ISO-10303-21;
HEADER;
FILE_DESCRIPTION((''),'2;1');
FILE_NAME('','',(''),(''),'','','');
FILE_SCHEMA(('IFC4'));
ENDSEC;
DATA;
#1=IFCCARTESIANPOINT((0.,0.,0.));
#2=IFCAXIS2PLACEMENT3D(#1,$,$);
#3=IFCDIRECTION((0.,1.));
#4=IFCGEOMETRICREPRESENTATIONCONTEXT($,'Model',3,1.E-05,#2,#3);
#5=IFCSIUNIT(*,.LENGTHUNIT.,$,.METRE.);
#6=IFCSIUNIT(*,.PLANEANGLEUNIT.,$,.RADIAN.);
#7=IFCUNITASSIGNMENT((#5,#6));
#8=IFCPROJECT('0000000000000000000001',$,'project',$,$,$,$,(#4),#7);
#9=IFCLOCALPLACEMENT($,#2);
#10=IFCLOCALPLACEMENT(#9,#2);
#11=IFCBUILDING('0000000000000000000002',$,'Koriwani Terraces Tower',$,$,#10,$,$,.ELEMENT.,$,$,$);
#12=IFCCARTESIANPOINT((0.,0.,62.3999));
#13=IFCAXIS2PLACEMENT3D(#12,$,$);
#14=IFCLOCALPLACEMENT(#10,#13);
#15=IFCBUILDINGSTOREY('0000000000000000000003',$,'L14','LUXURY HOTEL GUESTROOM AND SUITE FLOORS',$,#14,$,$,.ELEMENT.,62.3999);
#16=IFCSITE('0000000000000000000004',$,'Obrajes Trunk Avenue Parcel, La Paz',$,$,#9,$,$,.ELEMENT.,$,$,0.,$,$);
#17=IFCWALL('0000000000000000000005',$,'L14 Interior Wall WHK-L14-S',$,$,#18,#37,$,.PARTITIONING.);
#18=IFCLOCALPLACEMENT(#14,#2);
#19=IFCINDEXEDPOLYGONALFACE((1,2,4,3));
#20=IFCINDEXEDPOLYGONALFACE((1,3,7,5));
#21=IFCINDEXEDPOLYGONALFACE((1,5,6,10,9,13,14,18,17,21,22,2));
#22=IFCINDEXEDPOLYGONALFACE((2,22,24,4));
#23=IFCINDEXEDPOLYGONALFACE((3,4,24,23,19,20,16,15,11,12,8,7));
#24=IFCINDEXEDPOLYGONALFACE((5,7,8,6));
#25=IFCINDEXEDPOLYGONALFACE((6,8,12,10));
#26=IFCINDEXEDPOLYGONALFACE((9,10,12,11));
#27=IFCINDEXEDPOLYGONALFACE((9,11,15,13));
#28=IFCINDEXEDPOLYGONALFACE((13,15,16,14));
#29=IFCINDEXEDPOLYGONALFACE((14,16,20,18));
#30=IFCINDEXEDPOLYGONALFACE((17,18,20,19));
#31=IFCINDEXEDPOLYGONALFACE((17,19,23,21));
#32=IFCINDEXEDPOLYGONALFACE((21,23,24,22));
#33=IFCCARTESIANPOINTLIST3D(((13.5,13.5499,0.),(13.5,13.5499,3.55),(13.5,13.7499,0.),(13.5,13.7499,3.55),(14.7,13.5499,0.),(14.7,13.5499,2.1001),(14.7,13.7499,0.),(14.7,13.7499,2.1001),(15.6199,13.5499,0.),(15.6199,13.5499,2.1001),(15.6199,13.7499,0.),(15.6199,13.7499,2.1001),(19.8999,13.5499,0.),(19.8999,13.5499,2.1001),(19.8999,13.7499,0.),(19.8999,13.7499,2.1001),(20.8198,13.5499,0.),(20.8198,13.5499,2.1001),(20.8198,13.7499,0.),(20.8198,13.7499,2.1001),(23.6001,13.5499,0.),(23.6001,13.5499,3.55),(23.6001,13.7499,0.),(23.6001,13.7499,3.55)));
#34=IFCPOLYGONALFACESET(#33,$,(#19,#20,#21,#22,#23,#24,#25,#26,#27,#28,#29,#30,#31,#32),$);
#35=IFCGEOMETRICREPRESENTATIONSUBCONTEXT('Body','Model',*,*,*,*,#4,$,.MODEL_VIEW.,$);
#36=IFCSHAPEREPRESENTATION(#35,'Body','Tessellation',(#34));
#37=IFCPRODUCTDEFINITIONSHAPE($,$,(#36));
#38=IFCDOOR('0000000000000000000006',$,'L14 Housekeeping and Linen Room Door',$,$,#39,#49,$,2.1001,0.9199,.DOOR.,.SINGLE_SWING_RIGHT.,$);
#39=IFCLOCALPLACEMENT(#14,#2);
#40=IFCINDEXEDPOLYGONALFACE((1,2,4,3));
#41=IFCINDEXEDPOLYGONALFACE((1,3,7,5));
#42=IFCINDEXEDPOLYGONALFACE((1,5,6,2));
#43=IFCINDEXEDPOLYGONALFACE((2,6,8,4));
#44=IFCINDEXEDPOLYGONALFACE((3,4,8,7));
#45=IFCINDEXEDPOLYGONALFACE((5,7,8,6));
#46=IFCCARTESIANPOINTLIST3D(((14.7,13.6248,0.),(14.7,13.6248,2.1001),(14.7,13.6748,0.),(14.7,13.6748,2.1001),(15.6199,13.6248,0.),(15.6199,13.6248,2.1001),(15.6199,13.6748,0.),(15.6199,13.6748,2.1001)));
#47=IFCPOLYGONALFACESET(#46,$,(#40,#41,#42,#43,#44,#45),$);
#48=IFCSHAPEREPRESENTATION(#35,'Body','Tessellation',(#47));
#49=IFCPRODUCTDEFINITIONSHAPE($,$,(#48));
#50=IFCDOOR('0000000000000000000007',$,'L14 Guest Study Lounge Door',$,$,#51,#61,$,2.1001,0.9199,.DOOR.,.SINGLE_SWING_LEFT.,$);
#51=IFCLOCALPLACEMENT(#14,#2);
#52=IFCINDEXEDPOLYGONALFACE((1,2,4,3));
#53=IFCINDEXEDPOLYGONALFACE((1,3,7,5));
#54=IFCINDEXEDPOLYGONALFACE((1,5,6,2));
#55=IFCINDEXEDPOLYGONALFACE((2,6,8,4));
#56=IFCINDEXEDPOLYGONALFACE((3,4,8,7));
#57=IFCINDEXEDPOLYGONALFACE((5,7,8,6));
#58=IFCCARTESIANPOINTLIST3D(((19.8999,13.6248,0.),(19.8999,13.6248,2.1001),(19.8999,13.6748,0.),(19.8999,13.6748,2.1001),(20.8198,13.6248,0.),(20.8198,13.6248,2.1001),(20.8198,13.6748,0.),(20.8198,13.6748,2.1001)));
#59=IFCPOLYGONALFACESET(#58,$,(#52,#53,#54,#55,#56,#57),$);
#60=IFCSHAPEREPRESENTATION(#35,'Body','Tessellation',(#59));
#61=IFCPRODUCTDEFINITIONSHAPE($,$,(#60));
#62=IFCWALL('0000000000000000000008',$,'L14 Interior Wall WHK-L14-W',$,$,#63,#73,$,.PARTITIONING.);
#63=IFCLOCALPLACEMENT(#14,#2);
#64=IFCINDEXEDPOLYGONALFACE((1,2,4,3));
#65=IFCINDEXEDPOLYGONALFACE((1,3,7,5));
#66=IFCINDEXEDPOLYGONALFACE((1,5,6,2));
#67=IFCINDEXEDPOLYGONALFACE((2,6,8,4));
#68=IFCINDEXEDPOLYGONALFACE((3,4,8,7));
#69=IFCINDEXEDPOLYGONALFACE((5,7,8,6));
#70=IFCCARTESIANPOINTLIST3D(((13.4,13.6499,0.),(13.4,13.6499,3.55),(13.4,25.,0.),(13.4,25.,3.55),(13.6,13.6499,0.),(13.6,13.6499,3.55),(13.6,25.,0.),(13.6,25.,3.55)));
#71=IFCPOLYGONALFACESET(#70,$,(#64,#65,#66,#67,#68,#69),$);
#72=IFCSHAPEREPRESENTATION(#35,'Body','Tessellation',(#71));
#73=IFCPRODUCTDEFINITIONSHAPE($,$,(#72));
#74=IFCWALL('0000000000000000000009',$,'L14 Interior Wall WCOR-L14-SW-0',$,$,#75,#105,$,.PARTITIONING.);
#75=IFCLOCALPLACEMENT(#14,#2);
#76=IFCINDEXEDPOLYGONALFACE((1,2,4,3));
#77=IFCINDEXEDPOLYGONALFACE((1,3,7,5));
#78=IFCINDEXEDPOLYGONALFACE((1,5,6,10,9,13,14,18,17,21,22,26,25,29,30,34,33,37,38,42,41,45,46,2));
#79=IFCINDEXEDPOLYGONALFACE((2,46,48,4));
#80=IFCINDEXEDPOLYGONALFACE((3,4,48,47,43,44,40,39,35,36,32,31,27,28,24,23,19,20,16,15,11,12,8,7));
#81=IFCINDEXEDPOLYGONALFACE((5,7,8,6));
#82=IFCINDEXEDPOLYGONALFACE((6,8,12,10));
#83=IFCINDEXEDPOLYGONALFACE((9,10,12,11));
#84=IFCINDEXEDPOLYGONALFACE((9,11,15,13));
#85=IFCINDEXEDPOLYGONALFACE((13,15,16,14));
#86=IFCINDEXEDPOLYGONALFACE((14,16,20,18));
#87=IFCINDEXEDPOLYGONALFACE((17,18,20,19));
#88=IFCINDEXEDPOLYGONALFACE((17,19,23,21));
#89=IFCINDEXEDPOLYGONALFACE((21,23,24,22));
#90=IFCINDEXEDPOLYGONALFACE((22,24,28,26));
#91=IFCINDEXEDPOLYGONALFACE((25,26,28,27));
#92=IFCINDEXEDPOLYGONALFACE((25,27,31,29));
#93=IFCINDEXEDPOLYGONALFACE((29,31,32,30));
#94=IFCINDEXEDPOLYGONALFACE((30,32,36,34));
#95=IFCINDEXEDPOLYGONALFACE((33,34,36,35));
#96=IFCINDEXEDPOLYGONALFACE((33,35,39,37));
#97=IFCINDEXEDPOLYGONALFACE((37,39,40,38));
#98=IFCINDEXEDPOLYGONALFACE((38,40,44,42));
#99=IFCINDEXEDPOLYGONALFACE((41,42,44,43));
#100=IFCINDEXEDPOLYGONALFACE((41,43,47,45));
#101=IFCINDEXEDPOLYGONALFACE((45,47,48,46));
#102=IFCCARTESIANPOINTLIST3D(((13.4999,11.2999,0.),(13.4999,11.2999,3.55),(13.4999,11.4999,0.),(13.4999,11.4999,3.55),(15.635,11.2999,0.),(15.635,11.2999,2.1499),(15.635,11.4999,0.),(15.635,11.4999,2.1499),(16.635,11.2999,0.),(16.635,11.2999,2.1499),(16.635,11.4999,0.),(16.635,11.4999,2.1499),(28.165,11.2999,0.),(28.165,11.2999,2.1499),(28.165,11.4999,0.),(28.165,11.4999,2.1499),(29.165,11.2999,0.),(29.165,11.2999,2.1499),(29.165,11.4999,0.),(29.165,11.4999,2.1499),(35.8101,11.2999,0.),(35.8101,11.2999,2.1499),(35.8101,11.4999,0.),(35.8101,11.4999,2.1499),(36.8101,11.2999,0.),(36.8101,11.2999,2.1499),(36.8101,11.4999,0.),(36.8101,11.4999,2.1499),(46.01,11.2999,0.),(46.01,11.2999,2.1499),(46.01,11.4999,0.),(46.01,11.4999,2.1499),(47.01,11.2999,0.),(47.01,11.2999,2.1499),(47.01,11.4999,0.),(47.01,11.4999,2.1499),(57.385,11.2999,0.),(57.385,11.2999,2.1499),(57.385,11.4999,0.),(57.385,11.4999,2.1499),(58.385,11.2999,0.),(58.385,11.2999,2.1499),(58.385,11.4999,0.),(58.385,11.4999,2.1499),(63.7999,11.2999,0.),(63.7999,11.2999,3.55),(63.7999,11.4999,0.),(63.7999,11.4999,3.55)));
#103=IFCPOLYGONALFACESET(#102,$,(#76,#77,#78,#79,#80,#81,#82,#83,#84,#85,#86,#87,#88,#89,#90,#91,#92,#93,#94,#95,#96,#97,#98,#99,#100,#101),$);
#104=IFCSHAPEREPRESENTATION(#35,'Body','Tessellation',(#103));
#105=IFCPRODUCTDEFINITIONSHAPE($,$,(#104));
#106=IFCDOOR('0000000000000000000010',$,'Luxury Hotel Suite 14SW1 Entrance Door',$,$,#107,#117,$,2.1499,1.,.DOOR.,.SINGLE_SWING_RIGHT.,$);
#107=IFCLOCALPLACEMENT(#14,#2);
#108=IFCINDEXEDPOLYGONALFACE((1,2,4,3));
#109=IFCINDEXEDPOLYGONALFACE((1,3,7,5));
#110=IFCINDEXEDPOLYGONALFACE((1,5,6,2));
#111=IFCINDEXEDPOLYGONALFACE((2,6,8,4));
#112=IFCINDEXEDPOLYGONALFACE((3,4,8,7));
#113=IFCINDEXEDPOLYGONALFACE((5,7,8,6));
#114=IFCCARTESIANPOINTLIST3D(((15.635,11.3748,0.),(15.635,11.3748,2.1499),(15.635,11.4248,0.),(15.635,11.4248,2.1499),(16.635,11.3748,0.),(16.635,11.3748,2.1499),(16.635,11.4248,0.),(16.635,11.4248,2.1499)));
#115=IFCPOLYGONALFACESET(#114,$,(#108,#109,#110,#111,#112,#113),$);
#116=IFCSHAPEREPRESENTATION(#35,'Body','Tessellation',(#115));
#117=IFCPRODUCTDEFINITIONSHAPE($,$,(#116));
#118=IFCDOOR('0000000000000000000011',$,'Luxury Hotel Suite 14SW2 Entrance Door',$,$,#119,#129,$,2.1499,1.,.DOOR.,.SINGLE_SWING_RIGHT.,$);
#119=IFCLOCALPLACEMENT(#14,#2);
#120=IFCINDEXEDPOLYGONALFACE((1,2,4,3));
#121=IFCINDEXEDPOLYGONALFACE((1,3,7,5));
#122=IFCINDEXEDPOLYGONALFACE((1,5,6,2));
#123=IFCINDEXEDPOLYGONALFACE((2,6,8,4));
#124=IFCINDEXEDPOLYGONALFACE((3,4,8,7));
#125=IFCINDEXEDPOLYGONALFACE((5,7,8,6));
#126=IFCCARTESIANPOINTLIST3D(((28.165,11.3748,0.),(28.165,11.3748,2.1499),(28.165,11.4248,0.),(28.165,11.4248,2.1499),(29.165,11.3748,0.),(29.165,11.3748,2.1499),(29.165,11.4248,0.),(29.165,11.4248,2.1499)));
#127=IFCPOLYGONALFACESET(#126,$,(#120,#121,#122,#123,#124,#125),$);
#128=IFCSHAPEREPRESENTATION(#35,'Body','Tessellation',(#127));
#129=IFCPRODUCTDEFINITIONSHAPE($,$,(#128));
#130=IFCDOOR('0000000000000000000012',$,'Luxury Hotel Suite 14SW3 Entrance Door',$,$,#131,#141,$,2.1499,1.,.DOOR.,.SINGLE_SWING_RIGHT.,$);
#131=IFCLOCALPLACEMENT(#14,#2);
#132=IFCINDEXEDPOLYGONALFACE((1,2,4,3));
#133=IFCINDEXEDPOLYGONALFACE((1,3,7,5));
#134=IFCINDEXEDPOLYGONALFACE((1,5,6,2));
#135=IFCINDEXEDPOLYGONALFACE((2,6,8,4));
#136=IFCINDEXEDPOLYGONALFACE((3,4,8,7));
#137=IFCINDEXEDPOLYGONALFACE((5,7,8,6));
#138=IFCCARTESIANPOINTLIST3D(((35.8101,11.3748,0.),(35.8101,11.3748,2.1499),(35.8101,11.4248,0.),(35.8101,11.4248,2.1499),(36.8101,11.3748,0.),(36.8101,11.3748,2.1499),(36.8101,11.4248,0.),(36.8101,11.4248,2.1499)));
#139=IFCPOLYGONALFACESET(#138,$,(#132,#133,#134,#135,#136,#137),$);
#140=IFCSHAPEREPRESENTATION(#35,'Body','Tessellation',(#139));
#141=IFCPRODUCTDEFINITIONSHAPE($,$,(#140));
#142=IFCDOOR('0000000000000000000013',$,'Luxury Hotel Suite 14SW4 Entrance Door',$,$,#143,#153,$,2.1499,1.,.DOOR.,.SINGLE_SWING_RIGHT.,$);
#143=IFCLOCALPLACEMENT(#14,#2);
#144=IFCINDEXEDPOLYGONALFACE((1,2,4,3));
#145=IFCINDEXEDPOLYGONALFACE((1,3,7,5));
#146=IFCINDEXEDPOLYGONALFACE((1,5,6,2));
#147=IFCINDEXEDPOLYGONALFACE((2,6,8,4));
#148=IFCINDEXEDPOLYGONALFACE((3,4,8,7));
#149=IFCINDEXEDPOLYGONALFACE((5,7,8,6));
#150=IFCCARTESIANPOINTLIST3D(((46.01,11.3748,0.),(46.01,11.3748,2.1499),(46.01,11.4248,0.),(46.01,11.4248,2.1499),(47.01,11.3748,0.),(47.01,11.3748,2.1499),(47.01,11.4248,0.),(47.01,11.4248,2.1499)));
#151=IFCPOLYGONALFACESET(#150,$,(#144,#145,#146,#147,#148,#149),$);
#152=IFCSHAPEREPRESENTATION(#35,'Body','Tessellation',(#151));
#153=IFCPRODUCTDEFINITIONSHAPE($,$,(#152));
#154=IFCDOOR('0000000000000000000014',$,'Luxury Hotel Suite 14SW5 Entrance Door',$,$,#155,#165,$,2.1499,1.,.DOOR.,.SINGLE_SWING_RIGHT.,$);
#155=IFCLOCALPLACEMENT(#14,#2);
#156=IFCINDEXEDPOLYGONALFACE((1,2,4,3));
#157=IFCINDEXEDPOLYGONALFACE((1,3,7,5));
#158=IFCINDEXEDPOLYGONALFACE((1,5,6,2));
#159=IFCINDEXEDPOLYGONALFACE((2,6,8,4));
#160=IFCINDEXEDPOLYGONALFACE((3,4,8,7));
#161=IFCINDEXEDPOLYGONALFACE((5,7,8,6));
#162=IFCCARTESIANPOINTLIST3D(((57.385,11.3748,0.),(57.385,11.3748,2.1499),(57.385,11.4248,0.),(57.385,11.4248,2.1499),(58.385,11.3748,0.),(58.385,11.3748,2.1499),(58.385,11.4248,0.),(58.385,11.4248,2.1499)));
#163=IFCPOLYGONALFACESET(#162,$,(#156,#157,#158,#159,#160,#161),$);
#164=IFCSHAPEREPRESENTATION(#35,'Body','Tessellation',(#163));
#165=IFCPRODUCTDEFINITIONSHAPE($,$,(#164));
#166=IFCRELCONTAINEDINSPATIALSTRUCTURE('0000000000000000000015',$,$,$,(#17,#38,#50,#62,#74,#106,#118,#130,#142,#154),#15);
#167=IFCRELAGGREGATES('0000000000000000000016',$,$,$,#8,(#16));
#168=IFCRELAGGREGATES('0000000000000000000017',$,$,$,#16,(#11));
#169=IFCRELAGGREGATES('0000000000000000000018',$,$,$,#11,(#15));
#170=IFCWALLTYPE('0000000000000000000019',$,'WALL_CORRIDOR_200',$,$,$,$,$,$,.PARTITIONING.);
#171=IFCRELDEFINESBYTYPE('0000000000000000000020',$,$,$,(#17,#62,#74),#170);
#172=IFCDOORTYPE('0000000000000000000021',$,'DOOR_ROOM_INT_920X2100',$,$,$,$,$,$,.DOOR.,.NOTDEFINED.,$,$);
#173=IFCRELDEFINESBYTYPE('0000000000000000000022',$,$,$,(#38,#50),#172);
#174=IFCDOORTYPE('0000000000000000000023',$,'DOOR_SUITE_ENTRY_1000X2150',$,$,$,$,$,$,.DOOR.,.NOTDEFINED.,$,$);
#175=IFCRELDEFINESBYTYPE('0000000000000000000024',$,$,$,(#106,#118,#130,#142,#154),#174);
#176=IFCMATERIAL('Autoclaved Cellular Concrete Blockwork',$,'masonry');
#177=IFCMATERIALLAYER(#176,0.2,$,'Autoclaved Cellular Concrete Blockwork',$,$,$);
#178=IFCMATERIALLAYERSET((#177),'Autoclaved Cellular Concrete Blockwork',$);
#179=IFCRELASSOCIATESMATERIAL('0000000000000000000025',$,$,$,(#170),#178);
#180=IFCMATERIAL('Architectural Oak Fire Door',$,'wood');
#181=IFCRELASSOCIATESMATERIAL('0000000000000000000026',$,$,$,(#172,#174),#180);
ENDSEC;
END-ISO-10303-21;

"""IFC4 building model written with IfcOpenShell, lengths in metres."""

from ifc_helpers import new_model, si_unit, direction, frame, frame_2d, origin, place, context, subcontext, project, spatial, rectangle, extrude, material, layer, layer_set, type_object, element, fill, save


model = new_model("IFC4")

# Units and contexts
model_context = context("Model", 3, precision=1e-05, world=origin(), true_north=direction((0.0, 1.0)))
body_context = subcontext(model_context, "Body", "Model", "MODEL_VIEW")
ifc_project = project(units=[si_unit("LENGTHUNIT", "METRE"), si_unit("PLANEANGLEUNIT", "RADIAN")], contexts=[model_context])

# Site, building, storey
site_placement = place(None, origin())
site = spatial("IfcSite", under=ifc_project, at=site_placement, Name="Obrajes Trunk Avenue Parcel, La Paz", CompositionType="ELEMENT", RefElevation=0.0)
building_placement = place(site_placement, origin())
building = spatial("IfcBuilding", under=site, at=building_placement, Name="Koriwani Terraces Tower", CompositionType="ELEMENT")
storey_placement = place(building_placement, frame((0.0, 0.0, 62.3999)))
storey = spatial("IfcBuildingStorey", under=building, at=storey_placement, Name="L14", Description="LUXURY HOTEL GUESTROOM AND SUITE FLOORS", CompositionType="ELEMENT", Elevation=62.3999)

# Wall, openings, doors
ifc_material_1 = material(Name="Autoclaved Cellular Concrete Blockwork", Category="masonry")
ifc_layer_1 = layer(ifc_material_1, 0.2, Name="Autoclaved Cellular Concrete Blockwork")
ifc_layer_set_1 = layer_set([ifc_layer_1], Name="Autoclaved Cellular Concrete Blockwork")
wall_type_1 = type_object("IfcWallType", Name="WALL_CORRIDOR_200", PredefinedType="PARTITIONING", material=ifc_layer_set_1)
wall_1_placement = place(storey_placement, frame((13.5, 13.6499, 0.0), z_axis=(0.0, 0.0, 1.0), x_axis=(1.0, 0.0, 0.0)))
wall_1 = element("IfcWall", 1, at=wall_1_placement, inside=storey, type_object=wall_type_1, Name="L14 Interior Wall WHK-L14-S", PredefinedType="PARTITIONING", context=body_context, shape_type="SweptSolid", body=[
    extrude(rectangle(XDim=10.1001, YDim=0.2, at=frame_2d((5.05, 0.0))), origin(), (0.0, 0.0, 1.0), 3.55),
])
opening_1_placement = place(wall_1_placement, frame((1.2, 0.0, 0.0)))
opening_1 = element("IfcOpeningElement", 2, at=opening_1_placement, cuts=wall_1, PredefinedType="OPENING", context=body_context, shape_type="SweptSolid", body=[
    extrude(rectangle(XDim=0.9199, YDim=2.1001, at=frame_2d((0.46, 1.05))), frame((0.0, 0.1099, 0.0), z_axis=(0.0, -1.0, 0.0), x_axis=(1.0, 0.0, 0.0)), (0.0, 0.0, 1.0), 0.22),
])
opening_2_placement = place(wall_1_placement, frame((6.3999, 0.0, 0.0)))
opening_2 = element("IfcOpeningElement", 3, at=opening_2_placement, cuts=wall_1, PredefinedType="OPENING", context=body_context, shape_type="SweptSolid", body=[
    extrude(rectangle(XDim=0.9199, YDim=2.1001, at=frame_2d((0.46, 1.05))), frame((0.0, 0.1099, 0.0), z_axis=(0.0, -1.0, 0.0), x_axis=(1.0, 0.0, 0.0)), (0.0, 0.0, 1.0), 0.22),
])
ifc_material_2 = material(Name="Architectural Oak Fire Door", Category="wood")
door_type_1 = type_object("IfcDoorType", Name="DOOR_ROOM_INT_920X2100", OperationType="NOTDEFINED", PredefinedType="DOOR", material=ifc_material_2)
door_1_placement = place(opening_1_placement, origin())
door_1 = element("IfcDoor", 4, at=door_1_placement, inside=storey, type_object=door_type_1, Name="L14 Housekeeping and Linen Room Door", OperationType="SINGLE_SWING_RIGHT", OverallHeight=2.1001, OverallWidth=0.9199, PredefinedType="DOOR", context=body_context, shape_type="SweptSolid", body=[
    extrude(rectangle(XDim=0.9199, YDim=2.1001, at=frame_2d((0.46, 1.05))), frame((0.0, 0.0249, 0.0), z_axis=(0.0, -1.0, 0.0), x_axis=(1.0, 0.0, 0.0)), (0.0, 0.0, 1.0), 0.05),
])
fill(opening_1, door_1)
door_2_placement = place(opening_2_placement, origin())
door_2 = element("IfcDoor", 5, at=door_2_placement, inside=storey, type_object=door_type_1, Name="L14 Guest Study Lounge Door", OperationType="SINGLE_SWING_LEFT", OverallHeight=2.1001, OverallWidth=0.9199, PredefinedType="DOOR", context=body_context, shape_type="SweptSolid", body=[
    extrude(rectangle(XDim=0.9199, YDim=2.1001, at=frame_2d((0.46, 1.05))), frame((0.0, 0.0249, 0.0), z_axis=(0.0, -1.0, 0.0), x_axis=(1.0, 0.0, 0.0)), (0.0, 0.0, 1.0), 0.05),
])
fill(opening_2, door_2)

# Wall
wall_2_placement = place(storey_placement, frame((13.5, 13.6499, 0.0), z_axis=(0.0, 0.0, 1.0), x_axis=(0.0, 1.0, 0.0)))
element("IfcWall", 6, at=wall_2_placement, inside=storey, type_object=wall_type_1, Name="L14 Interior Wall WHK-L14-W", PredefinedType="PARTITIONING", context=body_context, shape_type="SweptSolid", body=[
    extrude(rectangle(XDim=11.3501, YDim=0.2, at=frame_2d((5.675, 0.0))), origin(), (0.0, 0.0, 1.0), 3.55),
])

# Wall, openings, doors
wall_3_placement = place(storey_placement, frame((13.5, 11.3999, 0.0), z_axis=(0.0, 0.0, 1.0), x_axis=(1.0, 0.0, 0.0)))
wall_3 = element("IfcWall", 7, at=wall_3_placement, inside=storey, type_object=wall_type_1, Name="L14 Interior Wall WCOR-L14-SW-0", PredefinedType="PARTITIONING", context=body_context, shape_type="SweptSolid", body=[
    extrude(rectangle(XDim=50.3, YDim=0.2, at=frame_2d((25.1499, 0.0))), origin(), (0.0, 0.0, 1.0), 3.55),
])
opening_3_placement = place(wall_3_placement, frame((2.135, 0.0, 0.0)))
opening_3 = element("IfcOpeningElement", 8, at=opening_3_placement, cuts=wall_3, PredefinedType="OPENING", context=body_context, shape_type="SweptSolid", body=[
    extrude(rectangle(XDim=1.0, YDim=2.1499, at=frame_2d((0.5, 1.075))), frame((0.0, 0.1099, 0.0), z_axis=(0.0, -1.0, 0.0), x_axis=(1.0, 0.0, 0.0)), (0.0, 0.0, 1.0), 0.22),
])
opening_4_placement = place(wall_3_placement, frame((14.665, 0.0, 0.0)))
opening_4 = element("IfcOpeningElement", 9, at=opening_4_placement, cuts=wall_3, PredefinedType="OPENING", context=body_context, shape_type="SweptSolid", body=[
    extrude(rectangle(XDim=1.0, YDim=2.1499, at=frame_2d((0.5, 1.075))), frame((0.0, 0.1099, 0.0), z_axis=(0.0, -1.0, 0.0), x_axis=(1.0, 0.0, 0.0)), (0.0, 0.0, 1.0), 0.22),
])
opening_5_placement = place(wall_3_placement, frame((22.3101, 0.0, 0.0)))
opening_5 = element("IfcOpeningElement", 10, at=opening_5_placement, cuts=wall_3, PredefinedType="OPENING", context=body_context, shape_type="SweptSolid", body=[
    extrude(rectangle(XDim=1.0, YDim=2.1499, at=frame_2d((0.5, 1.075))), frame((0.0, 0.1099, 0.0), z_axis=(0.0, -1.0, 0.0), x_axis=(1.0, 0.0, 0.0)), (0.0, 0.0, 1.0), 0.22),
])
opening_6_placement = place(wall_3_placement, frame((32.51, 0.0, 0.0)))
opening_6 = element("IfcOpeningElement", 11, at=opening_6_placement, cuts=wall_3, PredefinedType="OPENING", context=body_context, shape_type="SweptSolid", body=[
    extrude(rectangle(XDim=1.0, YDim=2.1499, at=frame_2d((0.5, 1.075))), frame((0.0, 0.1099, 0.0), z_axis=(0.0, -1.0, 0.0), x_axis=(1.0, 0.0, 0.0)), (0.0, 0.0, 1.0), 0.22),
])
opening_7_placement = place(wall_3_placement, frame((43.885, 0.0, 0.0)))
opening_7 = element("IfcOpeningElement", 12, at=opening_7_placement, cuts=wall_3, PredefinedType="OPENING", context=body_context, shape_type="SweptSolid", body=[
    extrude(rectangle(XDim=1.0, YDim=2.1499, at=frame_2d((0.5, 1.075))), frame((0.0, 0.1099, 0.0), z_axis=(0.0, -1.0, 0.0), x_axis=(1.0, 0.0, 0.0)), (0.0, 0.0, 1.0), 0.22),
])
door_type_2 = type_object("IfcDoorType", Name="DOOR_SUITE_ENTRY_1000X2150", OperationType="NOTDEFINED", PredefinedType="DOOR", material=ifc_material_2)
door_3_placement = place(opening_3_placement, origin())
door_3 = element("IfcDoor", 13, at=door_3_placement, inside=storey, type_object=door_type_2, Name="Luxury Hotel Suite 14SW1 Entrance Door", OperationType="SINGLE_SWING_RIGHT", OverallHeight=2.1499, OverallWidth=1.0, PredefinedType="DOOR", context=body_context, shape_type="SweptSolid", body=[
    extrude(rectangle(XDim=1.0, YDim=2.1499, at=frame_2d((0.5, 1.075))), frame((0.0, 0.0249, 0.0), z_axis=(0.0, -1.0, 0.0), x_axis=(1.0, 0.0, 0.0)), (0.0, 0.0, 1.0), 0.05),
])
fill(opening_3, door_3)
door_4_placement = place(opening_4_placement, origin())
door_4 = element("IfcDoor", 14, at=door_4_placement, inside=storey, type_object=door_type_2, Name="Luxury Hotel Suite 14SW2 Entrance Door", OperationType="SINGLE_SWING_RIGHT", OverallHeight=2.1499, OverallWidth=1.0, PredefinedType="DOOR", context=body_context, shape_type="SweptSolid", body=[
    extrude(rectangle(XDim=1.0, YDim=2.1499, at=frame_2d((0.5, 1.075))), frame((0.0, 0.0249, 0.0), z_axis=(0.0, -1.0, 0.0), x_axis=(1.0, 0.0, 0.0)), (0.0, 0.0, 1.0), 0.05),
])
fill(opening_4, door_4)
door_5_placement = place(opening_5_placement, origin())
door_5 = element("IfcDoor", 15, at=door_5_placement, inside=storey, type_object=door_type_2, Name="Luxury Hotel Suite 14SW3 Entrance Door", OperationType="SINGLE_SWING_RIGHT", OverallHeight=2.1499, OverallWidth=1.0, PredefinedType="DOOR", context=body_context, shape_type="SweptSolid", body=[
    extrude(rectangle(XDim=1.0, YDim=2.1499, at=frame_2d((0.5, 1.075))), frame((0.0, 0.0249, 0.0), z_axis=(0.0, -1.0, 0.0), x_axis=(1.0, 0.0, 0.0)), (0.0, 0.0, 1.0), 0.05),
])
fill(opening_5, door_5)
door_6_placement = place(opening_6_placement, origin())
door_6 = element("IfcDoor", 16, at=door_6_placement, inside=storey, type_object=door_type_2, Name="Luxury Hotel Suite 14SW4 Entrance Door", OperationType="SINGLE_SWING_RIGHT", OverallHeight=2.1499, OverallWidth=1.0, PredefinedType="DOOR", context=body_context, shape_type="SweptSolid", body=[
    extrude(rectangle(XDim=1.0, YDim=2.1499, at=frame_2d((0.5, 1.075))), frame((0.0, 0.0249, 0.0), z_axis=(0.0, -1.0, 0.0), x_axis=(1.0, 0.0, 0.0)), (0.0, 0.0, 1.0), 0.05),
])
fill(opening_6, door_6)
door_7_placement = place(opening_7_placement, origin())
door_7 = element("IfcDoor", 17, at=door_7_placement, inside=storey, type_object=door_type_2, Name="Luxury Hotel Suite 14SW5 Entrance Door", OperationType="SINGLE_SWING_RIGHT", OverallHeight=2.1499, OverallWidth=1.0, PredefinedType="DOOR", context=body_context, shape_type="SweptSolid", body=[
    extrude(rectangle(XDim=1.0, YDim=2.1499, at=frame_2d((0.5, 1.075))), frame((0.0, 0.0249, 0.0), z_axis=(0.0, -1.0, 0.0), x_axis=(1.0, 0.0, 0.0)), (0.0, 0.0, 1.0), 0.05),
])
fill(opening_7, door_7)

save(model, "model.ifc")
